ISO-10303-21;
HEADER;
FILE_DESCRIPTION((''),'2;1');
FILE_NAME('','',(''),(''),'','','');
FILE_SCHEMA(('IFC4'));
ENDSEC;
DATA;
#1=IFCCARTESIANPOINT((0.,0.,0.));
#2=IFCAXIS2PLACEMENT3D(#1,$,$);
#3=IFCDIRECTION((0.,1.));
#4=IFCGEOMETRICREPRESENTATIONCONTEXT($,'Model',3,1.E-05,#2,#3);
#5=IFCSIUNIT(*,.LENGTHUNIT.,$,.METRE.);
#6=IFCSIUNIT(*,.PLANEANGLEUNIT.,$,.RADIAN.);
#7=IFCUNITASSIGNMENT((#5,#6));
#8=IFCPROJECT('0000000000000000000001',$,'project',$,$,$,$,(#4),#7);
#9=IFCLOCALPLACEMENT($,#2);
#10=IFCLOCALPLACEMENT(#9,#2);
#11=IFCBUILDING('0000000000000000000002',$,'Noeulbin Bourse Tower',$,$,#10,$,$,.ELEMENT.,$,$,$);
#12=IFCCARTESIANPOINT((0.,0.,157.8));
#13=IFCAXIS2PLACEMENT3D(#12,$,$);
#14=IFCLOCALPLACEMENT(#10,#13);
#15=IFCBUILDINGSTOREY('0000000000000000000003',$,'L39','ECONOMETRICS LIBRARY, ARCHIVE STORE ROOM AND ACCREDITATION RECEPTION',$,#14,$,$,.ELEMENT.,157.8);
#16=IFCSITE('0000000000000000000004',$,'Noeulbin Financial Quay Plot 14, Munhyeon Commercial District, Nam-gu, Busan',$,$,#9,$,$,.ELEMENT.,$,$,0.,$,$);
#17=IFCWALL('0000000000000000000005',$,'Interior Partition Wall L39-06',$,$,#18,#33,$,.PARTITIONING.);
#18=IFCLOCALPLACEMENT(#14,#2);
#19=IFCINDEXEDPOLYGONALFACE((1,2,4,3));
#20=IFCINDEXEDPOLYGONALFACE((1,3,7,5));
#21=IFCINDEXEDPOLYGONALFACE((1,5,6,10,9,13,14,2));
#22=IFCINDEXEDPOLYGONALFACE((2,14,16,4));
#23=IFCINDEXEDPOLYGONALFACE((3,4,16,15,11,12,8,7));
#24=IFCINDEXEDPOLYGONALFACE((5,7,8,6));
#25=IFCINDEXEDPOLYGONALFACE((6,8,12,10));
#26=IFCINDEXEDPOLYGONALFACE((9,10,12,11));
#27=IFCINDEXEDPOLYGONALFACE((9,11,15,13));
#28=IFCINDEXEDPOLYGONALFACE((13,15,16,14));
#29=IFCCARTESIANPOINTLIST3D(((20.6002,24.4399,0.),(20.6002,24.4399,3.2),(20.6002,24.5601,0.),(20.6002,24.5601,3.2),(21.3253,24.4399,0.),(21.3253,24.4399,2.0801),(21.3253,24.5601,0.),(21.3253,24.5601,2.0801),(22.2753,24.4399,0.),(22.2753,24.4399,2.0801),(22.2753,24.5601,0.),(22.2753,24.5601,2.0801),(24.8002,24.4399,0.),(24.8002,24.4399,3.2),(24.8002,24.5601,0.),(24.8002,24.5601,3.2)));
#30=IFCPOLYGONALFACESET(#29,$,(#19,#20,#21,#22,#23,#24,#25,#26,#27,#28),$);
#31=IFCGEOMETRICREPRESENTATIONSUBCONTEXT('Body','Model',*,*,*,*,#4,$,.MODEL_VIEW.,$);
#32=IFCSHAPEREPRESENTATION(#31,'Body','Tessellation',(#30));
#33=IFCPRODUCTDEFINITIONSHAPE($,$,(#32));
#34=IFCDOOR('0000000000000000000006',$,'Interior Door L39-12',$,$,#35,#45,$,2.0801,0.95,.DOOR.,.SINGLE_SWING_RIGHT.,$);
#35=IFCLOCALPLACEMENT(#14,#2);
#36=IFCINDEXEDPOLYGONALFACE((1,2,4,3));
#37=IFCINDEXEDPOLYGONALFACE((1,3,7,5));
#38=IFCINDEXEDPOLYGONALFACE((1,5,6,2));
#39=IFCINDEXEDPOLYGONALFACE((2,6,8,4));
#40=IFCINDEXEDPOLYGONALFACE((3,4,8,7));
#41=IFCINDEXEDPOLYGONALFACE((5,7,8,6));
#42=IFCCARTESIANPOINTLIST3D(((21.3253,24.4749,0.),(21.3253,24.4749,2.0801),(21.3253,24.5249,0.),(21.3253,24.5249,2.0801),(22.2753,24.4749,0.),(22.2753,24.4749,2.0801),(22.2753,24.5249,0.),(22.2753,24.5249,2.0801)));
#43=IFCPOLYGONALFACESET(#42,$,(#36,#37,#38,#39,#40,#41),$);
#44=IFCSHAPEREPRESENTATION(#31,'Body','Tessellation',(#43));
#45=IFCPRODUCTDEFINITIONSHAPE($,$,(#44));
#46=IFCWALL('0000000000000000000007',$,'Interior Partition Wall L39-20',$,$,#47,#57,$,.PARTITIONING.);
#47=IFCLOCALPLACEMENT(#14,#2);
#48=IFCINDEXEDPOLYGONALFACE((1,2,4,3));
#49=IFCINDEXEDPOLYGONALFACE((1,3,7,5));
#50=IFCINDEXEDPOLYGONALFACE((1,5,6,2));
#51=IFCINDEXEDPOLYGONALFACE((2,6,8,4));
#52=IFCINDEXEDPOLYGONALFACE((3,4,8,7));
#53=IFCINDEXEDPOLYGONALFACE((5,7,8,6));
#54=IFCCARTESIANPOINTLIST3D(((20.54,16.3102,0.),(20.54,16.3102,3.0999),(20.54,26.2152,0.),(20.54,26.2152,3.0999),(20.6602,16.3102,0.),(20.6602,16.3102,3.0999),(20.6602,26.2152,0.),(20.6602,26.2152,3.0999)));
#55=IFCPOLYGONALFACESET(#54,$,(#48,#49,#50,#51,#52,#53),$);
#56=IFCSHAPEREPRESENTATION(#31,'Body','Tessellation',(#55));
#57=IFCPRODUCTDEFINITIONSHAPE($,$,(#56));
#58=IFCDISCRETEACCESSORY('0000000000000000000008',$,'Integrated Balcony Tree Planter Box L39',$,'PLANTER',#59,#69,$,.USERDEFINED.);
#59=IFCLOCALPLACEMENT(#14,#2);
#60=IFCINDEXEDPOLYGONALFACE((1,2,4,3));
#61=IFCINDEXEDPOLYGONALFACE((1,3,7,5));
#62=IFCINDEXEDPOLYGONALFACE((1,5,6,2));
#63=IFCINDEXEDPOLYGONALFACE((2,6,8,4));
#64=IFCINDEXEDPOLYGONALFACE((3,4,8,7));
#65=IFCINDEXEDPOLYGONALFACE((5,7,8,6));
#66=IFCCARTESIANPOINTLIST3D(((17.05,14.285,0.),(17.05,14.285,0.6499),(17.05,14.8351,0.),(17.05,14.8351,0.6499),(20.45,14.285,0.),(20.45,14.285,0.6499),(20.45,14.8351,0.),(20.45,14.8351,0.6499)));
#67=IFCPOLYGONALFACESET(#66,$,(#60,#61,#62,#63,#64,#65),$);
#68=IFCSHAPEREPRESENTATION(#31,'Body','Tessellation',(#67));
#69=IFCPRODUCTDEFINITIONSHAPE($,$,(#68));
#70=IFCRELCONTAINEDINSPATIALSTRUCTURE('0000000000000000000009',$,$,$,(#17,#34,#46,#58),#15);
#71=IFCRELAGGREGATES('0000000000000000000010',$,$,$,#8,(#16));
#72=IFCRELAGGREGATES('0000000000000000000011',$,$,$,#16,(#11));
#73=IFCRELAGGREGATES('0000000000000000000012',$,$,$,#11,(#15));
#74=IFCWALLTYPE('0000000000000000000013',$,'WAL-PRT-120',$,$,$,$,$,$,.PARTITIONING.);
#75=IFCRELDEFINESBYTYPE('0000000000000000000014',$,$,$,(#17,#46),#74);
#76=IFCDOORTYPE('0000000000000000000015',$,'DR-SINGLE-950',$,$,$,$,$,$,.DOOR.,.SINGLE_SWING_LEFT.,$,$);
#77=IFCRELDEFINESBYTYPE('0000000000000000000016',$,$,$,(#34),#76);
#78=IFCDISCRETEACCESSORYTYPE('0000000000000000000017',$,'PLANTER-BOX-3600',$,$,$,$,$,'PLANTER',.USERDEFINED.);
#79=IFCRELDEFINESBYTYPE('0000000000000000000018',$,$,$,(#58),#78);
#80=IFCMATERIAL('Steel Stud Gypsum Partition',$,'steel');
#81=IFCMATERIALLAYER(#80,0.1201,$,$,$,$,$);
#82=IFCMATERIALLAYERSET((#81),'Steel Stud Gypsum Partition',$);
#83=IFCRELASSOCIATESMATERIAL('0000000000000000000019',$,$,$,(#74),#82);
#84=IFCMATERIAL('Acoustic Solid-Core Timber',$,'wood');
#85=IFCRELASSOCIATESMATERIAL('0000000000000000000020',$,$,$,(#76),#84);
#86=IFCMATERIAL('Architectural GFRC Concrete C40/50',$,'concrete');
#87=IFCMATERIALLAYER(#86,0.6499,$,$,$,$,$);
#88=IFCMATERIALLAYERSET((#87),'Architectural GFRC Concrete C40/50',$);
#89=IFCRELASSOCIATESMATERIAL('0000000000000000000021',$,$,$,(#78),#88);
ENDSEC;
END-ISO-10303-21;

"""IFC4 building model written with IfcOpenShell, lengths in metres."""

from ifc_helpers import new_model, si_unit, direction, frame, frame_2d, origin, origin_2d, place, context, subcontext, project, spatial, rectangle, extrude, material, layer, layer_set, type_object, element, fill, save


model = new_model("IFC4")

# Units and contexts
model_context = context("Model", 3, precision=1e-05, world=origin(), true_north=direction((0.0, 1.0)))
body_context = subcontext(model_context, "Body", "Model", "MODEL_VIEW")
ifc_project = project(units=[si_unit("LENGTHUNIT", "METRE"), si_unit("PLANEANGLEUNIT", "RADIAN")], contexts=[model_context])

# Site, building, storey
site_placement = place(None, origin())
site = spatial("IfcSite", under=ifc_project, at=site_placement, Name="Noeulbin Financial Quay Plot 14, Munhyeon Commercial District, Nam-gu, Busan", CompositionType="ELEMENT", RefElevation=0.0)
building_placement = place(site_placement, origin())
building = spatial("IfcBuilding", under=site, at=building_placement, Name="Noeulbin Bourse Tower", CompositionType="ELEMENT")
storey_placement = place(building_placement, frame((0.0, 0.0, 157.8)))
storey = spatial("IfcBuildingStorey", under=building, at=storey_placement, Name="L39", Description="ECONOMETRICS LIBRARY, ARCHIVE STORE ROOM AND ACCREDITATION RECEPTION", CompositionType="ELEMENT", Elevation=157.8)

# Wall, opening, door
ifc_material_1 = material(Name="Steel Stud Gypsum Partition", Category="steel")
ifc_layer_1 = layer(ifc_material_1, 0.1201)
ifc_layer_set_1 = layer_set([ifc_layer_1], Name="Steel Stud Gypsum Partition")
wall_type = type_object("IfcWallType", Name="WAL-PRT-120", PredefinedType="PARTITIONING", material=ifc_layer_set_1)
wall_1_placement = place(storey_placement, frame((20.6001, 24.5, 0.0), z_axis=(0.0, 0.0, 1.0), x_axis=(1.0, 0.0, 0.0)))
wall_1 = element("IfcWall", 1, at=wall_1_placement, inside=storey, type_object=wall_type, Name="Interior Partition Wall L39-06", PredefinedType="PARTITIONING", context=body_context, shape_type="SweptSolid", body=[
    extrude(rectangle(XDim=4.2, YDim=0.1201, at=frame_2d((2.1001, 0.0))), origin(), (0.0, 0.0, 1.0), 3.2),
])
opening_placement = place(wall_1_placement, frame((0.7251, 0.0, 0.0)))
opening = element("IfcOpeningElement", 2, at=opening_placement, cuts=wall_1, PredefinedType="OPENING", context=body_context, shape_type="SweptSolid", body=[
    extrude(rectangle(XDim=0.95, YDim=2.0801, at=frame_2d((0.4751, 1.04))), frame((0.0, 0.0701, 0.0), z_axis=(0.0, -1.0, 0.0), x_axis=(1.0, 0.0, 0.0)), (0.0, 0.0, 1.0), 0.1401),
])
ifc_material_2 = material(Name="Acoustic Solid-Core Timber", Category="wood")
door_type = type_object("IfcDoorType", Name="DR-SINGLE-950", OperationType="SINGLE_SWING_LEFT", PredefinedType="DOOR", material=ifc_material_2)
door_placement = place(opening_placement, origin())
door = element("IfcDoor", 3, at=door_placement, inside=storey, type_object=door_type, Name="Interior Door L39-12", OperationType="SINGLE_SWING_RIGHT", OverallHeight=2.0801, OverallWidth=0.95, PredefinedType="DOOR", context=body_context, shape_type="SweptSolid", body=[
    extrude(rectangle(XDim=0.95, YDim=2.0801, at=frame_2d((0.4751, 1.04))), frame((0.0, 0.0249, 0.0), z_axis=(0.0, -1.0, 0.0), x_axis=(1.0, 0.0, 0.0)), (0.0, 0.0, 1.0), 0.05),
])
fill(opening, door)

# Wall
wall_2_placement = place(storey_placement, frame((20.6001, 16.3101, 0.0), z_axis=(0.0, 0.0, 1.0), x_axis=(0.0, 1.0, 0.0)))
element("IfcWall", 4, at=wall_2_placement, inside=storey, type_object=wall_type, Name="Interior Partition Wall L39-20", PredefinedType="PARTITIONING", context=body_context, shape_type="SweptSolid", body=[
    extrude(rectangle(XDim=9.905, YDim=0.1201, at=frame_2d((4.9526, 0.0))), origin(), (0.0, 0.0, 1.0), 3.0999),
])

# Discrete accessory
ifc_material_3 = material(Name="Architectural GFRC Concrete C40/50", Category="concrete")
ifc_layer_2 = layer(ifc_material_3, 0.6499)
ifc_layer_set_2 = layer_set([ifc_layer_2], Name="Architectural GFRC Concrete C40/50")
discrete_accessory_type = type_object("IfcDiscreteAccessoryType", Name="PLANTER-BOX-3600", ElementType="PLANTER", PredefinedType="USERDEFINED", material=ifc_layer_set_2)
discrete_accessory_placement = place(storey_placement, frame((18.75, 14.5601, 0.0), z_axis=(0.0, 0.0, 1.0), x_axis=(1.0, 0.0, 0.0)))
element("IfcDiscreteAccessory", 5, at=discrete_accessory_placement, inside=storey, type_object=discrete_accessory_type, Name="Integrated Balcony Tree Planter Box L39", ObjectType="PLANTER", PredefinedType="USERDEFINED", context=body_context, shape_type="SweptSolid", body=[
    extrude(rectangle(XDim=3.3999, YDim=0.55, at=origin_2d()), origin(), (0.0, 0.0, 1.0), 0.6499),
])

save(model, "model.ifc")
